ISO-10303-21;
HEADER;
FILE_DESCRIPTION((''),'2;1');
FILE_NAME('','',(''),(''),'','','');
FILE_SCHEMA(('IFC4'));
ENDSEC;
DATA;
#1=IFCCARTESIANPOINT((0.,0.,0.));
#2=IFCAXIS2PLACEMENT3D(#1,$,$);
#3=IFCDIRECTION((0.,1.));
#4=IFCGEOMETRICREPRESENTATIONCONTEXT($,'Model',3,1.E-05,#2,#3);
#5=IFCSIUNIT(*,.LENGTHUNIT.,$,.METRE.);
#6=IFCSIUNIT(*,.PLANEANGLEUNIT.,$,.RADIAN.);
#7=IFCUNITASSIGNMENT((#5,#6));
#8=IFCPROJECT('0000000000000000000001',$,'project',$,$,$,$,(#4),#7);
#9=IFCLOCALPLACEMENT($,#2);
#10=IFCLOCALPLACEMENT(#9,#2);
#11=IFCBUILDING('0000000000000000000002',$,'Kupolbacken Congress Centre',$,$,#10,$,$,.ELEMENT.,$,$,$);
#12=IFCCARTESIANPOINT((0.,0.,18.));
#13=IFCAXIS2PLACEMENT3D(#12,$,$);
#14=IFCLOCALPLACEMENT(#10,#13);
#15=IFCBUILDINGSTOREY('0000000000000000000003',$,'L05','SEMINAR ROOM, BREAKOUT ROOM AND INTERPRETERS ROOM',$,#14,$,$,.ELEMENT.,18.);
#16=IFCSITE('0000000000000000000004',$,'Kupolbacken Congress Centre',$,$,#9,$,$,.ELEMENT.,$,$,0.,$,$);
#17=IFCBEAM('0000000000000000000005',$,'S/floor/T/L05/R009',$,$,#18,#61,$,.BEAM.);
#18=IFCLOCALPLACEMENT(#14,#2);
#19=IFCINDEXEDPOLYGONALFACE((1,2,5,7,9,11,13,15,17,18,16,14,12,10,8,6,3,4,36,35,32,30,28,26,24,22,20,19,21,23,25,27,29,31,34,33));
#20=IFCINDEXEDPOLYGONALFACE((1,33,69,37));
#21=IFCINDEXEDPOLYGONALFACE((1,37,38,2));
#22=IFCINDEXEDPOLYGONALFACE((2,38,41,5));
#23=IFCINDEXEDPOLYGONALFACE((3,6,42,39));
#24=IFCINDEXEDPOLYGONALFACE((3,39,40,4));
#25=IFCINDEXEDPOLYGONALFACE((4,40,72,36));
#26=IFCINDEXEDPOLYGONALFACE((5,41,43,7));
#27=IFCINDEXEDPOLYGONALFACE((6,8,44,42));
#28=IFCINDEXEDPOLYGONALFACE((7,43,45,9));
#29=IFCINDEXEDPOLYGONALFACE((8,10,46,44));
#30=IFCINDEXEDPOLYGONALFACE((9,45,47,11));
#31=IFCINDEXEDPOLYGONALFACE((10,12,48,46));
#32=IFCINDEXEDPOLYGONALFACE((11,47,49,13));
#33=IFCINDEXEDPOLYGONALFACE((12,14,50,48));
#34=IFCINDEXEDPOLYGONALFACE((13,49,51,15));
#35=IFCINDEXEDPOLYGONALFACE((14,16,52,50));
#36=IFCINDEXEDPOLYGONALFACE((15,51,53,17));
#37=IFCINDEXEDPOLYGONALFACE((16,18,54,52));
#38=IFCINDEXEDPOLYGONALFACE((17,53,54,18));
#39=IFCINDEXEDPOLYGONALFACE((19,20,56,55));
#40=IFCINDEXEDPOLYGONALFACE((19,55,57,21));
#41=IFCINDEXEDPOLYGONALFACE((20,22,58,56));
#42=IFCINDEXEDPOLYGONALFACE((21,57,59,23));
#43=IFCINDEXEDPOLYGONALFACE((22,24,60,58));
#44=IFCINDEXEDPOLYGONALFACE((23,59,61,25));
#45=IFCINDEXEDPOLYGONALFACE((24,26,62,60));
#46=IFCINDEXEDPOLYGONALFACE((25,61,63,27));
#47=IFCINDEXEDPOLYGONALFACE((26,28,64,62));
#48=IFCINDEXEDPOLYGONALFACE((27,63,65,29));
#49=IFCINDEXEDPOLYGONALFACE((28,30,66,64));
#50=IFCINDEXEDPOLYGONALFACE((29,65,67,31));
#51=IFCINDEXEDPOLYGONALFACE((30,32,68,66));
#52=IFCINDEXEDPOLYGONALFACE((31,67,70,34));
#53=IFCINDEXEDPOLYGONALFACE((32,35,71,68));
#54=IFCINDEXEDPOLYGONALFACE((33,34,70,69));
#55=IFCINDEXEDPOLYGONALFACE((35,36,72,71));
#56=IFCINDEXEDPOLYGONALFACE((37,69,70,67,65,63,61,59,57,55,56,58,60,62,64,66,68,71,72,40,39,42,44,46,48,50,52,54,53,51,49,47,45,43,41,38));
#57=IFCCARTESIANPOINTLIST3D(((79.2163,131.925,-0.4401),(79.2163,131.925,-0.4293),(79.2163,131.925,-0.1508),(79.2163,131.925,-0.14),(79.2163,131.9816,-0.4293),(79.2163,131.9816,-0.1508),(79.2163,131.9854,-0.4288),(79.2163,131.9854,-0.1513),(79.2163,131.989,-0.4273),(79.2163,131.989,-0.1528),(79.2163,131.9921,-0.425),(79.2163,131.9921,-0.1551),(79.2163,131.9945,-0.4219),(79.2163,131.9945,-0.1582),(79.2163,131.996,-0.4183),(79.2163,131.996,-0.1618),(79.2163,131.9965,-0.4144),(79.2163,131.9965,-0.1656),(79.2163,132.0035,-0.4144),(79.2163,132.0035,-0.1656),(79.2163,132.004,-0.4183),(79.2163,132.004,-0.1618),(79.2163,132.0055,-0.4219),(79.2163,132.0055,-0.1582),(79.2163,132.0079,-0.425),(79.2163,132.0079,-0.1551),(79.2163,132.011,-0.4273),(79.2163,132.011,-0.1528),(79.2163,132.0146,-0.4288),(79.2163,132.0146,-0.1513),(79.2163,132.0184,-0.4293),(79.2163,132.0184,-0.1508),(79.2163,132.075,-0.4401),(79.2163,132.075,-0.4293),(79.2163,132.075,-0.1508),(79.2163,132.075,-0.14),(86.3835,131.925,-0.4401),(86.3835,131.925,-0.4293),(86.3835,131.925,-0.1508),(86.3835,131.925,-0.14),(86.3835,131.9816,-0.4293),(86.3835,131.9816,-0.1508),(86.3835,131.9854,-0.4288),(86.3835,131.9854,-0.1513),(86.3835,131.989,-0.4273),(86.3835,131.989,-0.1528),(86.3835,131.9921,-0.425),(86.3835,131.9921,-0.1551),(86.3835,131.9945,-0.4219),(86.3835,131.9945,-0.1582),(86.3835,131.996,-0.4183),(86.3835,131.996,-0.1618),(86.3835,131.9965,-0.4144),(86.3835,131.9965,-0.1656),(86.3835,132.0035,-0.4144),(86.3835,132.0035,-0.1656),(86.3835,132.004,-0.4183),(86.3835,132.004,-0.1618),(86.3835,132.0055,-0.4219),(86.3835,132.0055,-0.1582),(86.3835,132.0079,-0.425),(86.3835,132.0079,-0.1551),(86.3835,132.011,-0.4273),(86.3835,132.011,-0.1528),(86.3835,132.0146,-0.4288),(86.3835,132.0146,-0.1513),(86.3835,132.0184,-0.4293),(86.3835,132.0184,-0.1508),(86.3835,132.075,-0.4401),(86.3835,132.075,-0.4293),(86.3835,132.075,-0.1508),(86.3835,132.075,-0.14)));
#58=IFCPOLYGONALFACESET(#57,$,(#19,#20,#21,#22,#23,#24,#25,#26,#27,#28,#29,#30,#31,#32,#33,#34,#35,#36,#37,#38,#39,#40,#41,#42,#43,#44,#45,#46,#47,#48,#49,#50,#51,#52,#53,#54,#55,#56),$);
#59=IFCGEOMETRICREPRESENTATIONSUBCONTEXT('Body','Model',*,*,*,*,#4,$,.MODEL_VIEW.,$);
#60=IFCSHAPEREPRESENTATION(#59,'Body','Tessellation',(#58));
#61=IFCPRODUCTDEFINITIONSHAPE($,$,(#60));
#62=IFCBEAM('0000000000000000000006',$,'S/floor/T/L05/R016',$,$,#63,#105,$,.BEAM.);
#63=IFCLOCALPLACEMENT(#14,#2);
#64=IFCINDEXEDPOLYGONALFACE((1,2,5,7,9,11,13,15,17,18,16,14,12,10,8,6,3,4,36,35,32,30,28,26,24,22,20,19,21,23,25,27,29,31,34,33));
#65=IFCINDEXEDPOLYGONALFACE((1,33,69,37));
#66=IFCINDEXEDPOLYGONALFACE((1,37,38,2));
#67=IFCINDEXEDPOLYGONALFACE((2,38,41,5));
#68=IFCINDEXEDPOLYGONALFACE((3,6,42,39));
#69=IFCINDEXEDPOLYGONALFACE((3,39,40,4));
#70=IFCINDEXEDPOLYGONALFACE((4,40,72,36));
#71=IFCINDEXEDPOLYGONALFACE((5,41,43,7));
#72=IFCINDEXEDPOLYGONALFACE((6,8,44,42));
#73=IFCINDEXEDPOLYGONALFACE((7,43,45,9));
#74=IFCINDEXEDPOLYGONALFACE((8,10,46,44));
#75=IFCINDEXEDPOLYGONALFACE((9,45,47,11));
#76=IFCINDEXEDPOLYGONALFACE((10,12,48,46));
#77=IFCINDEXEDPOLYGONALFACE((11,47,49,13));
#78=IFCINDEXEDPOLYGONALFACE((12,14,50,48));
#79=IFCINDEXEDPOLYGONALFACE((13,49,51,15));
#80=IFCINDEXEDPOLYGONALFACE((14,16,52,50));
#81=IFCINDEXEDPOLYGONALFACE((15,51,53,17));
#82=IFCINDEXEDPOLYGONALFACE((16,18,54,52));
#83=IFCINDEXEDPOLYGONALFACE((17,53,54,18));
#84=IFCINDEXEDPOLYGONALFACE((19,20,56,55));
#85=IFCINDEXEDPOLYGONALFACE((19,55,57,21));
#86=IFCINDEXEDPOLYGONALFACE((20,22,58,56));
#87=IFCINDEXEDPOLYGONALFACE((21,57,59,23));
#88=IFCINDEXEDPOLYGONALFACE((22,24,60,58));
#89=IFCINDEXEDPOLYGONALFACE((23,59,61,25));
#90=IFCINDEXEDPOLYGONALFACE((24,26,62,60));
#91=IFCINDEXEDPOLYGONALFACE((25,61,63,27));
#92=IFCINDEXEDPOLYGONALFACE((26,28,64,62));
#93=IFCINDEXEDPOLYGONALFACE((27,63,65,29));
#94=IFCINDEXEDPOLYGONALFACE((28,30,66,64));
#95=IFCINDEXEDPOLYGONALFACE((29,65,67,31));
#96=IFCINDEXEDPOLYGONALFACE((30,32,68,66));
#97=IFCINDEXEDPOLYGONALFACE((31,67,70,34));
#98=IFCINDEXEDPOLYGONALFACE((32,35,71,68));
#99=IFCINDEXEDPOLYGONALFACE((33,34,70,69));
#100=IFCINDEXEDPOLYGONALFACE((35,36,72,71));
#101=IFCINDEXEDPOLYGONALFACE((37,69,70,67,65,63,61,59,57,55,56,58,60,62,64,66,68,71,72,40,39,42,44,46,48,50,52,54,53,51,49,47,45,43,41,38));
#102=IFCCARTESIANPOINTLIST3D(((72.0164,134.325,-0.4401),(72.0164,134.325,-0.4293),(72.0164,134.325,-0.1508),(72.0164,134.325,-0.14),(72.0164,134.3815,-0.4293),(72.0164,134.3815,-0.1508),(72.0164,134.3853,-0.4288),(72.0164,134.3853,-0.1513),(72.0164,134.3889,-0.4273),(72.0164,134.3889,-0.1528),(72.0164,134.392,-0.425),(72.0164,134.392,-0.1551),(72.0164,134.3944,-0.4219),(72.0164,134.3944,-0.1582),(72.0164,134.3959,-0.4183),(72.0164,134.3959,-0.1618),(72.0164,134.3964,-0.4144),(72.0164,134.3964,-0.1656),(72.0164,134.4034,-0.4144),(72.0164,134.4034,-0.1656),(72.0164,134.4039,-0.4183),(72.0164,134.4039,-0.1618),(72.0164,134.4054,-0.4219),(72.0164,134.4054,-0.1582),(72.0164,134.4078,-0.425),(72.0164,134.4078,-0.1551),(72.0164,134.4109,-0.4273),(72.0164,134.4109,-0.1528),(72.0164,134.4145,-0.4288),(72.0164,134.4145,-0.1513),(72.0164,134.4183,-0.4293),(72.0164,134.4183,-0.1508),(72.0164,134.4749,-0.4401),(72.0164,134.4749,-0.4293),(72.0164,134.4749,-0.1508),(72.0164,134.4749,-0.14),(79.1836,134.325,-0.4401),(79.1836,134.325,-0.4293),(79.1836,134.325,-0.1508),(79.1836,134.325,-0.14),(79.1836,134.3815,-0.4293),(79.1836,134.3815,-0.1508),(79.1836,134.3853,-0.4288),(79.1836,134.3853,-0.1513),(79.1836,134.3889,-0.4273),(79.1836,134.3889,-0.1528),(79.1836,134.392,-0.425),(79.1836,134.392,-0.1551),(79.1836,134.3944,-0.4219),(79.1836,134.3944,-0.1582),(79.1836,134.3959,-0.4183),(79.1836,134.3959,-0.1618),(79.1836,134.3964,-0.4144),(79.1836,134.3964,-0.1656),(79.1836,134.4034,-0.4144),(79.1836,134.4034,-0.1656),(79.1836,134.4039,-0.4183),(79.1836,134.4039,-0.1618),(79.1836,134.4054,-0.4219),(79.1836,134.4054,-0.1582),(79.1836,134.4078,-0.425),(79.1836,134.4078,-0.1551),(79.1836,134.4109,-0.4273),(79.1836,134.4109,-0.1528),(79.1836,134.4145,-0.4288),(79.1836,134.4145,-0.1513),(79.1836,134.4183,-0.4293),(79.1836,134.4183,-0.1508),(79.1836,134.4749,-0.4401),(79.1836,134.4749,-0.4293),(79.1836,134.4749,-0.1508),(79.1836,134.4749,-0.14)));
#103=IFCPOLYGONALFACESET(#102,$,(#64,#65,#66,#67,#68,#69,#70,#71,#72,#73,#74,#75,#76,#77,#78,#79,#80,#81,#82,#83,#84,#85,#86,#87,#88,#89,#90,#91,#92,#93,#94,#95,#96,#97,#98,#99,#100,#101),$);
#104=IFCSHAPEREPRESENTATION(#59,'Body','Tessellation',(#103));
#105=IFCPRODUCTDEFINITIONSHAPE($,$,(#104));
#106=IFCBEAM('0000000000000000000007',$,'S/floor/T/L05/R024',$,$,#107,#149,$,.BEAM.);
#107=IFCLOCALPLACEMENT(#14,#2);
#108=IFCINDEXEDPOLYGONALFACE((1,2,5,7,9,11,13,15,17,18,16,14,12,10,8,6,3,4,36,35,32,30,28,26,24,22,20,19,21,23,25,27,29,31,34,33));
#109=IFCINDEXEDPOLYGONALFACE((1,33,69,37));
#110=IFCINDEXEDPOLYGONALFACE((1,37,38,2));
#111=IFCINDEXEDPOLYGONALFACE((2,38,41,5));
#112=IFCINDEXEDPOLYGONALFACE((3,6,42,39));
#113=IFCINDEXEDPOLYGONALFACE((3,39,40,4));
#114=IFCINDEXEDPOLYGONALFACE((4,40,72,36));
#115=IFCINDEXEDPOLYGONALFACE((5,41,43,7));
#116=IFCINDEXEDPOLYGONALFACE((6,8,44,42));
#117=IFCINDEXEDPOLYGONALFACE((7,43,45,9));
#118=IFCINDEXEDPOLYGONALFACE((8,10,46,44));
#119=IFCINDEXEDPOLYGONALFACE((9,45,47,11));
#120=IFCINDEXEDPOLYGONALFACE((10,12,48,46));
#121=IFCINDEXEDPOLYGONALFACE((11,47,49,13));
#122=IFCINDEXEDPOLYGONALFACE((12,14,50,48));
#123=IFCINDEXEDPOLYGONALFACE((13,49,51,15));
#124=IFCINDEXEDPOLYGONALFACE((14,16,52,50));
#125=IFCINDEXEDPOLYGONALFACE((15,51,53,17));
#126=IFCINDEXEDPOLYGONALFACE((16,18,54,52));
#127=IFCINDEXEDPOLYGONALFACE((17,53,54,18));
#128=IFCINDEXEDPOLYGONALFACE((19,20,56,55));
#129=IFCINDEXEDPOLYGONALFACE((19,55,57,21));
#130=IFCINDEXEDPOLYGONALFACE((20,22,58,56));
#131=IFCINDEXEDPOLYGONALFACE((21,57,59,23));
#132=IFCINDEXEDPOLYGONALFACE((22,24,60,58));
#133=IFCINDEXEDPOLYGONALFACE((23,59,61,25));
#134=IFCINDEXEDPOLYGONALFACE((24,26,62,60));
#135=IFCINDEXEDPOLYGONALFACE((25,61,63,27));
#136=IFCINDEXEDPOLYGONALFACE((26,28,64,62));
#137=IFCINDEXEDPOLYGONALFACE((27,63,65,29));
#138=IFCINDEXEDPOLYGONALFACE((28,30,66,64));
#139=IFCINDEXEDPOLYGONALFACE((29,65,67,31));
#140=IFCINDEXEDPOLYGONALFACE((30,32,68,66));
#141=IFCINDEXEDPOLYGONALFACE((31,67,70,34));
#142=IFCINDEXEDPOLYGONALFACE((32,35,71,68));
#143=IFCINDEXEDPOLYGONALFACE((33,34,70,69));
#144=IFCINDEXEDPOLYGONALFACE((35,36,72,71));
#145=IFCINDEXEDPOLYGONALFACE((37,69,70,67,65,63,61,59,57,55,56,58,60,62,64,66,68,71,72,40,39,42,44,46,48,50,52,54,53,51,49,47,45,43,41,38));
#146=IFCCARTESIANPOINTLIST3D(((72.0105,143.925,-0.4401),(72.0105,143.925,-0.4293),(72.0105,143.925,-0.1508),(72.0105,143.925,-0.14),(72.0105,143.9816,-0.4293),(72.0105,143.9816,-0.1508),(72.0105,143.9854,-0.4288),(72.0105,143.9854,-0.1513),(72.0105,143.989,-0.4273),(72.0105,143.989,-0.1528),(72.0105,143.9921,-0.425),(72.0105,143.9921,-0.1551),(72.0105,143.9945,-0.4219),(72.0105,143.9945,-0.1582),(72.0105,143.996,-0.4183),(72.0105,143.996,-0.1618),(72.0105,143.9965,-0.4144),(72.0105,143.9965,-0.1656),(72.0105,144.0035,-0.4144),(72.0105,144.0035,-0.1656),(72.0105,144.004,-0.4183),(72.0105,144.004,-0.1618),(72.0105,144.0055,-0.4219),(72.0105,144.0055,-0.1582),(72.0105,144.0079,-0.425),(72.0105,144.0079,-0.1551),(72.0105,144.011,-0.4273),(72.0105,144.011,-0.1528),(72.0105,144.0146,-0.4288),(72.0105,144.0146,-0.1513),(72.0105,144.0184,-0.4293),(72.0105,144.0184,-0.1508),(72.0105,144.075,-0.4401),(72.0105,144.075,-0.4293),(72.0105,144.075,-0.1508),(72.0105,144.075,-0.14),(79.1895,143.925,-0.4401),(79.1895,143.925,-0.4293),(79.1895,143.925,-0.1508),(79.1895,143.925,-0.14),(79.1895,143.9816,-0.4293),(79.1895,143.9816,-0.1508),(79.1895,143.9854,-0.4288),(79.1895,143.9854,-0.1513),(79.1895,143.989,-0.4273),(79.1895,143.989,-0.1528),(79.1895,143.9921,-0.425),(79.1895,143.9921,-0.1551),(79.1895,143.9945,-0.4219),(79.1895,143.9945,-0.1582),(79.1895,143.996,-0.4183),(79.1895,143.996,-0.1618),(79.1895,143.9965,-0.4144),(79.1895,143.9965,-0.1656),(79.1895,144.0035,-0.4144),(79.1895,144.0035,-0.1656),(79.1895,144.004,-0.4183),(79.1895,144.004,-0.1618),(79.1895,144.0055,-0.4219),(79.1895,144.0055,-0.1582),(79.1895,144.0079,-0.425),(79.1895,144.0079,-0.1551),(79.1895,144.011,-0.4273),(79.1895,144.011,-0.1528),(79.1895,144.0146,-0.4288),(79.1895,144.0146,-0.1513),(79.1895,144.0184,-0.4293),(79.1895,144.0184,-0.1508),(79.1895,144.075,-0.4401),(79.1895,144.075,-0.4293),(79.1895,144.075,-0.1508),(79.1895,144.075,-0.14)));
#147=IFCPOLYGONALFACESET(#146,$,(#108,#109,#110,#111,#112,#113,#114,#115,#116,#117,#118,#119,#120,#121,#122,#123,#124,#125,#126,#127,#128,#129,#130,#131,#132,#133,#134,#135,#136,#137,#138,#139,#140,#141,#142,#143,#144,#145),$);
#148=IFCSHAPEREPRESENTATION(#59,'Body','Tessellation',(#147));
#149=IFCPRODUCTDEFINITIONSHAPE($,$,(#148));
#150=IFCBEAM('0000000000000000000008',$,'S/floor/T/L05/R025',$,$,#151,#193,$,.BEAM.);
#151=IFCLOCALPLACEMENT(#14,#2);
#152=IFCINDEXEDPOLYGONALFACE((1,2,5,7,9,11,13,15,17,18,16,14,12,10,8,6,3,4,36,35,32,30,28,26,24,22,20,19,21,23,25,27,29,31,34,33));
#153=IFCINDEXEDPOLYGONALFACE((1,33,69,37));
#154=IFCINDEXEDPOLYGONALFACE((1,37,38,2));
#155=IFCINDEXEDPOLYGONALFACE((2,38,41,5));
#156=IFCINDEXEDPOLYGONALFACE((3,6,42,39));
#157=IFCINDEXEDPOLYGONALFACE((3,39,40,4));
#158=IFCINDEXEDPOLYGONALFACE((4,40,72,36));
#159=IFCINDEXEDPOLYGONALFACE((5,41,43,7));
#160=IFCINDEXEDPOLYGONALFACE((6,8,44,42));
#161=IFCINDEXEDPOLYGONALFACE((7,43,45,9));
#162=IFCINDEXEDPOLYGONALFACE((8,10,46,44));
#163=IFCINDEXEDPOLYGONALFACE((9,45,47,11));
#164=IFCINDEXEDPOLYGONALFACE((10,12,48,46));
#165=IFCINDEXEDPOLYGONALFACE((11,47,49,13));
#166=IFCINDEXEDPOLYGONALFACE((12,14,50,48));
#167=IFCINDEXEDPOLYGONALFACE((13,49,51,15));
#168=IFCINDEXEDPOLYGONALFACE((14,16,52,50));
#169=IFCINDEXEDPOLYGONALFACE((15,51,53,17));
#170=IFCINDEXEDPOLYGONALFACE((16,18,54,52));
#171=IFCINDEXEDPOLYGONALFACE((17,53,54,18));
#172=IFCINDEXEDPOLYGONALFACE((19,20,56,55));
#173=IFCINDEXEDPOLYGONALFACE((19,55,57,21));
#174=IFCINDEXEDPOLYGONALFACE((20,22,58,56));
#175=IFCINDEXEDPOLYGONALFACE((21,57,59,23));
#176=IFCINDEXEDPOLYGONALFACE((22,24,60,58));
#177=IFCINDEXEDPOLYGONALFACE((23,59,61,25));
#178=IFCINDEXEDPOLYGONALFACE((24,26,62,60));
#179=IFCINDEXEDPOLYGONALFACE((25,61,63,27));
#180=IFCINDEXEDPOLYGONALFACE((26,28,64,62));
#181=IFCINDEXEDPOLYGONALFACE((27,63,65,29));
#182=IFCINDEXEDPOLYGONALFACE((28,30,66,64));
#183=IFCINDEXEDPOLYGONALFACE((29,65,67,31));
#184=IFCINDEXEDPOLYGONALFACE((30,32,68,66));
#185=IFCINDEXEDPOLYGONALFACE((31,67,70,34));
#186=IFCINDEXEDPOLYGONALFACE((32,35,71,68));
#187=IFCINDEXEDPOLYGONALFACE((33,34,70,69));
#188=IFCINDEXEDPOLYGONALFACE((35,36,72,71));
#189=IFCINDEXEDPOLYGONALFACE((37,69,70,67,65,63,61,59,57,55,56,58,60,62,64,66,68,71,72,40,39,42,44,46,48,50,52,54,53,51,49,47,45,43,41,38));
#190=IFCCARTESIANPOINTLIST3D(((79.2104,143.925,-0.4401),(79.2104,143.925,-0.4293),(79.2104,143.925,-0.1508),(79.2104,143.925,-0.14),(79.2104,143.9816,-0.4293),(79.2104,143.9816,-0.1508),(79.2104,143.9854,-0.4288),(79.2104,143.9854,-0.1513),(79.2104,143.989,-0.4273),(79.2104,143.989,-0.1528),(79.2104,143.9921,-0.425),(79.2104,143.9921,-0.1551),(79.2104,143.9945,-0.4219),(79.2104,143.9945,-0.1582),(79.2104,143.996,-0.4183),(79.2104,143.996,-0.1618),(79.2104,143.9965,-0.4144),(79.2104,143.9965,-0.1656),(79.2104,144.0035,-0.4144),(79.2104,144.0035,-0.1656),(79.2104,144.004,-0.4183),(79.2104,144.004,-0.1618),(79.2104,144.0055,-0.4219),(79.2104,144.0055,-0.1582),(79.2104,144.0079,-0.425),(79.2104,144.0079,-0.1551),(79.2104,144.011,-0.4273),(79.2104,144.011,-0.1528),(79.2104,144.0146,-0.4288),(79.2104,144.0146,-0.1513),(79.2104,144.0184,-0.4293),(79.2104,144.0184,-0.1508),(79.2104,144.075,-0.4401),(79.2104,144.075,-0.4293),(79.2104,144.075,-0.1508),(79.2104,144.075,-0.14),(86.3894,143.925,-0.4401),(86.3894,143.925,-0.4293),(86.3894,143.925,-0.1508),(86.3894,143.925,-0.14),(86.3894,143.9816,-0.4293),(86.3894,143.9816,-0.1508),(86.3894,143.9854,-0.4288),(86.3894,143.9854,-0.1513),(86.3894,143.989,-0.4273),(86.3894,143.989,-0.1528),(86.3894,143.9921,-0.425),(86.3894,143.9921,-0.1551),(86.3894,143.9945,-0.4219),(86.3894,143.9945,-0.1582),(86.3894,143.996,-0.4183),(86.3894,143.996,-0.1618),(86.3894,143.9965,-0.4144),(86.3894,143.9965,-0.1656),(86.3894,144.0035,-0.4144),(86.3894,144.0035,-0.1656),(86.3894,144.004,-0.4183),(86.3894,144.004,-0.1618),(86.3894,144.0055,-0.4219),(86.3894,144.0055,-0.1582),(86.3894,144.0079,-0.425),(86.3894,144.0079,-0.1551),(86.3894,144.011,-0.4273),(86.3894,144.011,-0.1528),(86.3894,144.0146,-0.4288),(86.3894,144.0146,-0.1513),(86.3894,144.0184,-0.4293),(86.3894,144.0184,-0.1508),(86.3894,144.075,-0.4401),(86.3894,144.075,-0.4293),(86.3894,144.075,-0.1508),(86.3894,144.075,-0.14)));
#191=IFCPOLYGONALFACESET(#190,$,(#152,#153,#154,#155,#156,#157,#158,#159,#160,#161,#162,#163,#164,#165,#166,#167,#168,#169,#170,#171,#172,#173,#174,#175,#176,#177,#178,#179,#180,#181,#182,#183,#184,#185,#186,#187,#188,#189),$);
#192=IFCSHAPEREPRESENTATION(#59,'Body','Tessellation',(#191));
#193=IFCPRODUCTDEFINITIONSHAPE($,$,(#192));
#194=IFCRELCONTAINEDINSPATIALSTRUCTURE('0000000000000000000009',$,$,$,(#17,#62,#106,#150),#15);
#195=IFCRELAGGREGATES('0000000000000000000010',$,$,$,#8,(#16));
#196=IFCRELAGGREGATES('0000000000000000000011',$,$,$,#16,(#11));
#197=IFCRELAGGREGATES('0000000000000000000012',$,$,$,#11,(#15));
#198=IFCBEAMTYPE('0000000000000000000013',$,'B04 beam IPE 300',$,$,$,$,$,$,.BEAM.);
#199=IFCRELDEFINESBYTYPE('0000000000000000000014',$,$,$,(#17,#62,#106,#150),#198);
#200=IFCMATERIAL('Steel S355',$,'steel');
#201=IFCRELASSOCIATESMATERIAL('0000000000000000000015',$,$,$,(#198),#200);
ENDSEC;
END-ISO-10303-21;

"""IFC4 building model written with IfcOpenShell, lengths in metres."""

from ifc_helpers import new_model, si_unit, direction, frame, origin, origin_2d, place, context, subcontext, project, spatial, i_section, extrude, material, material_profile, profile_set, type_object, element, save


model = new_model("IFC4")

# Units and contexts
model_context = context("Model", 3, precision=1e-05, world=origin(), true_north=direction((0.0, 1.0)))
body_context = subcontext(model_context, "Body", "Model", "MODEL_VIEW")
ifc_project = project(units=[si_unit("LENGTHUNIT", "METRE"), si_unit("PLANEANGLEUNIT", "RADIAN")], contexts=[model_context])

# Site, building, storey
site_placement = place(None, origin())
site = spatial("IfcSite", under=ifc_project, at=site_placement, Name="Kupolbacken Congress Centre", CompositionType="ELEMENT", RefElevation=0.0)
building_placement = place(site_placement, origin())
building = spatial("IfcBuilding", under=site, at=building_placement, Name="Kupolbacken Congress Centre", CompositionType="ELEMENT")
storey_placement = place(building_placement, frame((0.0, 0.0, 18.0)))
storey = spatial("IfcBuildingStorey", under=building, at=storey_placement, Name="L05", Description="SEMINAR ROOM, BREAKOUT ROOM AND INTERPRETERS ROOM", CompositionType="ELEMENT", Elevation=18.0)

# Beams
ifc_material_1 = material(Name="Steel S355", Category="steel")
ifc_material_profile_1 = material_profile(ifc_material_1, i_section(OverallWidth=0.1499, OverallDepth=0.3, WebThickness=0.0071, FlangeThickness=0.0107, FilletRadius=0.0149, at=origin_2d()), Name="IPE 300")
ifc_profile_set_1 = profile_set([ifc_material_profile_1], Name="Steel S355")
beam_type_1 = type_object("IfcBeamType", Name="B04 beam IPE 300", PredefinedType="BEAM", material=ifc_profile_set_1)
for number, where, z_axis, x_axis, name in (
    (1, (79.2163, 132.0, -0.29), (1.0, 0.0, 0.0), (0.0, 1.0, 0.0), "S/floor/T/L05/R009"),
    (2, (72.0164, 134.3999, -0.29), (1.0, 0.0, 0.0), (0.0, 1.0, 0.0), "S/floor/T/L05/R016"),
):
    element("IfcBeam", number, at=place(storey_placement, frame(where, z_axis=z_axis, x_axis=x_axis)), inside=storey, type_object=beam_type_1, Name=name, PredefinedType="BEAM", context=body_context, shape_type="SweptSolid", body=[
        extrude(i_section(OverallWidth=0.1499, OverallDepth=0.3, WebThickness=0.0071, FlangeThickness=0.0107, FilletRadius=0.0149, at=origin_2d()), origin(), (0.0, 0.0, 1.0), 7.1672),
    ])
for number, where, z_axis, x_axis, name in (
    (3, (72.0105, 144.0, -0.29), (1.0, 0.0, 0.0), (0.0, 1.0, 0.0), "S/floor/T/L05/R024"),
    (4, (79.2104, 144.0, -0.29), (1.0, 0.0, 0.0), (0.0, 1.0, 0.0), "S/floor/T/L05/R025"),
):
    element("IfcBeam", number, at=place(storey_placement, frame(where, z_axis=z_axis, x_axis=x_axis)), inside=storey, type_object=beam_type_1, Name=name, PredefinedType="BEAM", context=body_context, shape_type="SweptSolid", body=[
        extrude(i_section(OverallWidth=0.1499, OverallDepth=0.3, WebThickness=0.0071, FlangeThickness=0.0107, FilletRadius=0.0149, at=origin_2d()), origin(), (0.0, 0.0, 1.0), 7.179),
    ])

save(model, "model.ifc")
